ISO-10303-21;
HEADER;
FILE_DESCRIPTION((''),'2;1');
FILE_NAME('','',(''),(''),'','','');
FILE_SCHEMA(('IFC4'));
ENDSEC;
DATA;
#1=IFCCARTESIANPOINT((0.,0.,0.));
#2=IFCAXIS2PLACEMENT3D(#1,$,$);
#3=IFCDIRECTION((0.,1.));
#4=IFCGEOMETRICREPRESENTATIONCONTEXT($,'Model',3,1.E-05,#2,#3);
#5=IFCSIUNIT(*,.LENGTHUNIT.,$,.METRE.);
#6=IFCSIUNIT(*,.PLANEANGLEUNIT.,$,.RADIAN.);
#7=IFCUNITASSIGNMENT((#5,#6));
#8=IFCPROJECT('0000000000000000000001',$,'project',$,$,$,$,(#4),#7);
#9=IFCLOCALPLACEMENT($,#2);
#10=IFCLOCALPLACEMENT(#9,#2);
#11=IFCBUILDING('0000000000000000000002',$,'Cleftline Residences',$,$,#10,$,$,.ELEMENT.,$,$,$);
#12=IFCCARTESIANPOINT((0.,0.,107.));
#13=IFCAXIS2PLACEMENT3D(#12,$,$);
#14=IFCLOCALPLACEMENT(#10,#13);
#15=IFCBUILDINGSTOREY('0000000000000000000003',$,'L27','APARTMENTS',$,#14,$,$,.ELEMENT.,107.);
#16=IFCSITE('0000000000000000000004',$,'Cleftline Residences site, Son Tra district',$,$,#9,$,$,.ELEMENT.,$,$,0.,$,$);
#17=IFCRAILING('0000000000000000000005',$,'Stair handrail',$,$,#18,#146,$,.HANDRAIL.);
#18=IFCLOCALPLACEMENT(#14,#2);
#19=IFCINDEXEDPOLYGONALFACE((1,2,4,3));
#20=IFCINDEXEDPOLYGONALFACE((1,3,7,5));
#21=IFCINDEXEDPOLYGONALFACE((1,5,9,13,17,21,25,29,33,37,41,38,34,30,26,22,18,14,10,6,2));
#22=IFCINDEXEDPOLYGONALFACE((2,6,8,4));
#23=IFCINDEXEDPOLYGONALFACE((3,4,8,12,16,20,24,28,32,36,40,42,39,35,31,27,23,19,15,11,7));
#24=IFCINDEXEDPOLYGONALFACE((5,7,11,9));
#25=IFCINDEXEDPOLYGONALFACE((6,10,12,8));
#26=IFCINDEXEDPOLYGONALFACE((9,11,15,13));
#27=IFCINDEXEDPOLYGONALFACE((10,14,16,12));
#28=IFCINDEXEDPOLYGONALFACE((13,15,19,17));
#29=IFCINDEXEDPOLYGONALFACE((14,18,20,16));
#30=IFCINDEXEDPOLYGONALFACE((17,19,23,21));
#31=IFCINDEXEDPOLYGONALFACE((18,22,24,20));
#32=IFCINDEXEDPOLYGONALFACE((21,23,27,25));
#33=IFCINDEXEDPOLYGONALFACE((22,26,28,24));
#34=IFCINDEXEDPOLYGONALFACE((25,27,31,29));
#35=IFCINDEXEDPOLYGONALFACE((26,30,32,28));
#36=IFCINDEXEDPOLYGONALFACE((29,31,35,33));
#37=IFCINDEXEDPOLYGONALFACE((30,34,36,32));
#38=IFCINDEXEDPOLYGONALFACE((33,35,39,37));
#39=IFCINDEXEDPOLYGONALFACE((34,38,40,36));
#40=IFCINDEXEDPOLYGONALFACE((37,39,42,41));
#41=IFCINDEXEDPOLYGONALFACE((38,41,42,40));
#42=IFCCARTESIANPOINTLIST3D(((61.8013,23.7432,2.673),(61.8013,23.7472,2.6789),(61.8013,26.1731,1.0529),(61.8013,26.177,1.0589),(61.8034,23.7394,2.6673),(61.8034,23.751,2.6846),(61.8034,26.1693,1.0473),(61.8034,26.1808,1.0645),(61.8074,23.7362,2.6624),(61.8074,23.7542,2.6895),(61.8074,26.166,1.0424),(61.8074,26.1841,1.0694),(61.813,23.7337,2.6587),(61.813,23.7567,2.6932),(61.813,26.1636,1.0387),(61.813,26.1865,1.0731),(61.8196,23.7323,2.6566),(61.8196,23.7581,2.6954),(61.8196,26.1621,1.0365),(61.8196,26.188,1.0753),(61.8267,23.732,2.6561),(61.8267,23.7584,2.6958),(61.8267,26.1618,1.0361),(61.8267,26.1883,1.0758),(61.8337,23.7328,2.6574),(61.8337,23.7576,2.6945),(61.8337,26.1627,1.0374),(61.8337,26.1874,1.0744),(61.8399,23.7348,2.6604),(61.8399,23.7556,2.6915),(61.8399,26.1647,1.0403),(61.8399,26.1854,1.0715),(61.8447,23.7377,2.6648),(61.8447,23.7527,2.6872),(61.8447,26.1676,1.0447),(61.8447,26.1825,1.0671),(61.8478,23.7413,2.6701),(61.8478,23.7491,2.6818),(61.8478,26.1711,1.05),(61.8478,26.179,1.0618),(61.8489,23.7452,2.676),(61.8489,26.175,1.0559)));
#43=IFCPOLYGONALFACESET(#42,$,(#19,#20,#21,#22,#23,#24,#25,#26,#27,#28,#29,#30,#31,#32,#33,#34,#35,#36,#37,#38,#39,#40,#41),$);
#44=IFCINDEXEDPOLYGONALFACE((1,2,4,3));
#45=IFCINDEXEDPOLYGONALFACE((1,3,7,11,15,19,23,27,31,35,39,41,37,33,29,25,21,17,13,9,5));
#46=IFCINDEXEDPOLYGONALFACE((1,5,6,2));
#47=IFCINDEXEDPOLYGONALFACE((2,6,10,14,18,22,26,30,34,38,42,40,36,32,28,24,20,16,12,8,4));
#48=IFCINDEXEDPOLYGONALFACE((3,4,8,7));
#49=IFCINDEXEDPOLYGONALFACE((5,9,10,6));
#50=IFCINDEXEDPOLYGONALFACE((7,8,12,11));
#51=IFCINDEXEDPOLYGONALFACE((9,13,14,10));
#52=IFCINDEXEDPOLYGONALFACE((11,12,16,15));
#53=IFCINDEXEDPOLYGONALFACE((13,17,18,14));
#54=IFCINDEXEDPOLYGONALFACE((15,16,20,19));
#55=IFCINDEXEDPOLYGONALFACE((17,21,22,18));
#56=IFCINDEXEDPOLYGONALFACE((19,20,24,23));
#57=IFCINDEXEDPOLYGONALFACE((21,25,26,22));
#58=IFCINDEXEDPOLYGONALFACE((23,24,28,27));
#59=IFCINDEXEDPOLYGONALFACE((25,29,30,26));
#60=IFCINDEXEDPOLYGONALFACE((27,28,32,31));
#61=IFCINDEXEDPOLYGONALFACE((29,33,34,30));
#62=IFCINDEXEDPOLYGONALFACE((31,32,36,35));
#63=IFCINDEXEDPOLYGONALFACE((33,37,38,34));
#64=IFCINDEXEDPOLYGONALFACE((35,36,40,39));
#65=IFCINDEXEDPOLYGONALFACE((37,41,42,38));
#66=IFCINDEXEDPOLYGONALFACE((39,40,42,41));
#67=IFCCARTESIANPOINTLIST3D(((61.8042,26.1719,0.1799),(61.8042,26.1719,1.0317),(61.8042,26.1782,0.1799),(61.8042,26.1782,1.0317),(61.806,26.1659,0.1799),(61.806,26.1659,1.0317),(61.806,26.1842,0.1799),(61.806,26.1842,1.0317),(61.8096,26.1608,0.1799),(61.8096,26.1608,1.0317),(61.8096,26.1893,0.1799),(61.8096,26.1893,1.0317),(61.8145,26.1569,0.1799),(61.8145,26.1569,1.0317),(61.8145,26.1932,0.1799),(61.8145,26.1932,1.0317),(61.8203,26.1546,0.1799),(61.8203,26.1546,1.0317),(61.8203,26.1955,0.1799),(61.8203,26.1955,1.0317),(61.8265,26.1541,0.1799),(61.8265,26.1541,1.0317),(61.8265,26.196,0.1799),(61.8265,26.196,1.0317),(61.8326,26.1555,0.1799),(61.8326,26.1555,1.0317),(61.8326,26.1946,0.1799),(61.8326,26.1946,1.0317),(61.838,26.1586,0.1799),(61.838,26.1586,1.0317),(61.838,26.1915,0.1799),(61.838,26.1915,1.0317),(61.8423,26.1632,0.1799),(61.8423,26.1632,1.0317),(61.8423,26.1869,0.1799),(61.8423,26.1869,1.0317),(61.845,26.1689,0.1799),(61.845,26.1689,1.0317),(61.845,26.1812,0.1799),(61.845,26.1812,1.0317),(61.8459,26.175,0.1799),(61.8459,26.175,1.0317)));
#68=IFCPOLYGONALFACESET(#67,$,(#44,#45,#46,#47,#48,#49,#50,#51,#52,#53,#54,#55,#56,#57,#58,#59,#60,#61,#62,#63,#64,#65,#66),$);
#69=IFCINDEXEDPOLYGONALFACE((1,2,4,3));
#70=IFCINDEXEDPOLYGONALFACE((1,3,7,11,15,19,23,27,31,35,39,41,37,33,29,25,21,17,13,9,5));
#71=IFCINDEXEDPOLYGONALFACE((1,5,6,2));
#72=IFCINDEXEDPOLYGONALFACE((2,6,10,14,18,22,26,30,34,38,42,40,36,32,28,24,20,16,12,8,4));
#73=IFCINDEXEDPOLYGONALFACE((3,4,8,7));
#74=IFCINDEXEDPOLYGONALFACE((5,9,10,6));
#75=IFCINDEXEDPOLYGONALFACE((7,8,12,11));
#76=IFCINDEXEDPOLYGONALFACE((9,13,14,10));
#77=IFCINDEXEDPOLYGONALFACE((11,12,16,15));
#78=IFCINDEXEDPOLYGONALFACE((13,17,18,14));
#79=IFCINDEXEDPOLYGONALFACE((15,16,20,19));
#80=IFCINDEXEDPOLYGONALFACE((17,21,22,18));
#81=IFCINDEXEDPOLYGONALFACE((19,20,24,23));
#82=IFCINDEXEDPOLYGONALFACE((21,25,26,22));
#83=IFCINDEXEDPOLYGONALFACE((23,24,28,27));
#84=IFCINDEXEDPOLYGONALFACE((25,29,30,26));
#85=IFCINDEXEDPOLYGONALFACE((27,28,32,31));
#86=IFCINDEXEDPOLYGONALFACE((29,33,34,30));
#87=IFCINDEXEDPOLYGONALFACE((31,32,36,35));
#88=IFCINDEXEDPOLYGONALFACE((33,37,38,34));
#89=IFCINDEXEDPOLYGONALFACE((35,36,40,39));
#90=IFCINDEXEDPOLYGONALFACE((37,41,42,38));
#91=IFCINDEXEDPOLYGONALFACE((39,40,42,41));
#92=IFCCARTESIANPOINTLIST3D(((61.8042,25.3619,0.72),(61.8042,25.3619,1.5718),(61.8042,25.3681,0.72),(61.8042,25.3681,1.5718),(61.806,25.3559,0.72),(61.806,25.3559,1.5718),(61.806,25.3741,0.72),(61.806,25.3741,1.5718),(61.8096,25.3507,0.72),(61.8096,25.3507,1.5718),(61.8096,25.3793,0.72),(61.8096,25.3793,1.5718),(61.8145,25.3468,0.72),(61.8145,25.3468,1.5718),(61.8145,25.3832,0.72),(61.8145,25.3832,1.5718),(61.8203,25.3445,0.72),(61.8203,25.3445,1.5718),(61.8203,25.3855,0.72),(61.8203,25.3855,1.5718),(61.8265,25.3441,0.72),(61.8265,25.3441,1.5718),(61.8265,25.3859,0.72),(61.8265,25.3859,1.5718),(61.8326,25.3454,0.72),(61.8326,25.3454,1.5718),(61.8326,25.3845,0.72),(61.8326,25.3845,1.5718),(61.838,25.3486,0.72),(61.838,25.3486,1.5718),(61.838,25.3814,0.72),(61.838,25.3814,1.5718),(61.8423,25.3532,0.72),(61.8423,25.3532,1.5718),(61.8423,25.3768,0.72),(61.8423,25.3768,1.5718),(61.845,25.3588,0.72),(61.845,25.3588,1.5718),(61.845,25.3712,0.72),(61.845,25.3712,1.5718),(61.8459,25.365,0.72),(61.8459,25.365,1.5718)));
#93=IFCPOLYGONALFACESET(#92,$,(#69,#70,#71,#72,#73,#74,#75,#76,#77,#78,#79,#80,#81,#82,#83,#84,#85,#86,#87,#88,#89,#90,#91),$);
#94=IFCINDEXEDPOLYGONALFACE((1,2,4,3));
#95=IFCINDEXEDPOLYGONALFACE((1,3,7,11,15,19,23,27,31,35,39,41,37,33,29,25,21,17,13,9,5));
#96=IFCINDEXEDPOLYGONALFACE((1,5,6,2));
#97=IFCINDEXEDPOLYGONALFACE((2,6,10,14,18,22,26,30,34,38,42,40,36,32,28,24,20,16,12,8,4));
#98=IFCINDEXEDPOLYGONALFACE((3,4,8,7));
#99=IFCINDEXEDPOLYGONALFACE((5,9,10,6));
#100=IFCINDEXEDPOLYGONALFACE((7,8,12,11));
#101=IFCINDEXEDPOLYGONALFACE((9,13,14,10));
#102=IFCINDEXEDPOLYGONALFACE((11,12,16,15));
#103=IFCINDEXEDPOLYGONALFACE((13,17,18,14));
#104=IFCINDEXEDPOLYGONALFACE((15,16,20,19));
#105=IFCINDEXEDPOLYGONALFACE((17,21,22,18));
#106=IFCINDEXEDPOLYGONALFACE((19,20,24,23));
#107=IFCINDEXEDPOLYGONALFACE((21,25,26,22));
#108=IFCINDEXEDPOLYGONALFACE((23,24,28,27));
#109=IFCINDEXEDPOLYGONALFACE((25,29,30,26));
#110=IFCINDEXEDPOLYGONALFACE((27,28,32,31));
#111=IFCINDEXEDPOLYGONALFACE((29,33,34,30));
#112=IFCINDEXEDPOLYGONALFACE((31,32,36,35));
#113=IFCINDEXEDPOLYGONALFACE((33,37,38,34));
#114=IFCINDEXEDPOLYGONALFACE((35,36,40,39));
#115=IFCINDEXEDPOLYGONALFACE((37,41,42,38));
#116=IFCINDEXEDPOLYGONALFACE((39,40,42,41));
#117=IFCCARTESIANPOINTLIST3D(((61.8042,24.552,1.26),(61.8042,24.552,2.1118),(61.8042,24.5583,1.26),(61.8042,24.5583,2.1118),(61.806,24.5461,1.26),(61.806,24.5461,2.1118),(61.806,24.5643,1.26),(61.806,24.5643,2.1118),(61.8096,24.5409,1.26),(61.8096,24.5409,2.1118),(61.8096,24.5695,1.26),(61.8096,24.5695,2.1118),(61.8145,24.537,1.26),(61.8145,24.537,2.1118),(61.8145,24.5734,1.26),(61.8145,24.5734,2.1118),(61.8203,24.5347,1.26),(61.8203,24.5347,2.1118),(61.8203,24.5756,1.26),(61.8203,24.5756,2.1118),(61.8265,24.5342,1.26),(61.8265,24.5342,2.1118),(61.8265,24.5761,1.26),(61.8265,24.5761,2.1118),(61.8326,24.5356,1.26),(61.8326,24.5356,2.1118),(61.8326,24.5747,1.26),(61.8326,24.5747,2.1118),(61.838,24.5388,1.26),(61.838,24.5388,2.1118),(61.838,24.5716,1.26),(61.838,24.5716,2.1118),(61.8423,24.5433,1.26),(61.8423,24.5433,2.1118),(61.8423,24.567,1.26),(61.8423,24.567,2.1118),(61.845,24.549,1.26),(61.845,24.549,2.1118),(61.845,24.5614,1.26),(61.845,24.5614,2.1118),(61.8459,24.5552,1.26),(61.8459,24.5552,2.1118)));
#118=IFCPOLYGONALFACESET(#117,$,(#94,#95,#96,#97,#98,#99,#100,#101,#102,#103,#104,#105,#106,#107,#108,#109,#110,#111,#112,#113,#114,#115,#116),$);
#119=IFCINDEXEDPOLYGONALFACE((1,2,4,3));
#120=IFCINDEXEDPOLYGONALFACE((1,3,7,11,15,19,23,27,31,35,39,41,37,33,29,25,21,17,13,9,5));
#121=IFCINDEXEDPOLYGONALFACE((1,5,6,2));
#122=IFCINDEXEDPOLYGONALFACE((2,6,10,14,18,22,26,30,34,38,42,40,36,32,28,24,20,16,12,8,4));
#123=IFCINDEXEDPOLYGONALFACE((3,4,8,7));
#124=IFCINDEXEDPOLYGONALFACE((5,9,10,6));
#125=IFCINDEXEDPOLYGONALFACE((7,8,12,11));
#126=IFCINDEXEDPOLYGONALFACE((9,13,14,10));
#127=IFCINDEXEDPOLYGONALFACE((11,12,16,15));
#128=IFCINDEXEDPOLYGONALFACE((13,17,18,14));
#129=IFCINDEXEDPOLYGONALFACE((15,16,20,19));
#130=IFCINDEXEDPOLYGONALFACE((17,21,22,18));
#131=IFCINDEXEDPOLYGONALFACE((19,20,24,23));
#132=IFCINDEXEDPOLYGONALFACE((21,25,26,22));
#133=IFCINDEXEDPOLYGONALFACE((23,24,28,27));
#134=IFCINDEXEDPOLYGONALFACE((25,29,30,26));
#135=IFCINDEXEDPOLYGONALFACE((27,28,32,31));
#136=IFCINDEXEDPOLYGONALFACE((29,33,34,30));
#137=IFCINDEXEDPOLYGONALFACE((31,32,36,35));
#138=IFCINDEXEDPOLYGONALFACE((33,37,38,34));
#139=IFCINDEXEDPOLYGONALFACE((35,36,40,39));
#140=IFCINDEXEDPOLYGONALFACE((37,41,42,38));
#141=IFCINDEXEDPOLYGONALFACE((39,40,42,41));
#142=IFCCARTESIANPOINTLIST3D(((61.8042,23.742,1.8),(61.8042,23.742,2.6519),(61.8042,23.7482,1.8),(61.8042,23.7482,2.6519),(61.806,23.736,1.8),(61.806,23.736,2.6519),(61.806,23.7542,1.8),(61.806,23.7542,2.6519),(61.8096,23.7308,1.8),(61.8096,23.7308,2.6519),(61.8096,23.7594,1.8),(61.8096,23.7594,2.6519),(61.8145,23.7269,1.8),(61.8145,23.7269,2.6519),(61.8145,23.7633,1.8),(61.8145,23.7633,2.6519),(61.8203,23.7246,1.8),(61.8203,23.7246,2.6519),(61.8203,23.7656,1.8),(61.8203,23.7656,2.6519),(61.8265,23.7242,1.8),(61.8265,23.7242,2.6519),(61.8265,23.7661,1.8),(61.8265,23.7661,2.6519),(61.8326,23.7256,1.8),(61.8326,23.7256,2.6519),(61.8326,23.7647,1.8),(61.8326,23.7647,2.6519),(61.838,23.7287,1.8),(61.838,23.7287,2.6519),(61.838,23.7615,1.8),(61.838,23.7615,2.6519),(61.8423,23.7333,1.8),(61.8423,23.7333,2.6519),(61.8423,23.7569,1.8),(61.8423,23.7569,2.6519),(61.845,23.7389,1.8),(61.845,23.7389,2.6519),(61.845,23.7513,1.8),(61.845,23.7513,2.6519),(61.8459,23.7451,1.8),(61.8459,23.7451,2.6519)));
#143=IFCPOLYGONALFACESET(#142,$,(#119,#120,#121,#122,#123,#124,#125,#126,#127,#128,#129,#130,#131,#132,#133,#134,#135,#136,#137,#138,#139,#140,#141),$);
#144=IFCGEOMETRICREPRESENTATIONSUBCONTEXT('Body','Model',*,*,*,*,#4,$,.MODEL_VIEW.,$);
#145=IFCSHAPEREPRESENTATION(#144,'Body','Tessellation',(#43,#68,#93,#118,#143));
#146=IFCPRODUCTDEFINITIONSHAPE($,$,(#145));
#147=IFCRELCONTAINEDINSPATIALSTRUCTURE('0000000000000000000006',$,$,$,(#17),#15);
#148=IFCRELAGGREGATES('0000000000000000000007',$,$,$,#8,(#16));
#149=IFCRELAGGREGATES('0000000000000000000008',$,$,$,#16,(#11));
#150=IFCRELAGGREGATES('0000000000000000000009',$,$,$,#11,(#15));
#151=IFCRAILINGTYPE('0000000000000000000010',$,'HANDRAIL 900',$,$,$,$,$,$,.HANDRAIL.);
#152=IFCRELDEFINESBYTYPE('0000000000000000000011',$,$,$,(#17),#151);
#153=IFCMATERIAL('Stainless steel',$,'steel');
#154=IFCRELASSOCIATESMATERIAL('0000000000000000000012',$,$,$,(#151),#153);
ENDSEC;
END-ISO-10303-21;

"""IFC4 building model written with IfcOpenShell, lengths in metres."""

from ifc_helpers import new_model, si_unit, direction, frame, origin, origin_2d, place, context, subcontext, project, spatial, circle, extrude, material, type_object, element, save


model = new_model("IFC4")

# Units and contexts
model_context = context("Model", 3, precision=1e-05, world=origin(), true_north=direction((0.0, 1.0)))
body_context = subcontext(model_context, "Body", "Model", "MODEL_VIEW")
ifc_project = project(units=[si_unit("LENGTHUNIT", "METRE"), si_unit("PLANEANGLEUNIT", "RADIAN")], contexts=[model_context])

# Site, building, storey
site_placement = place(None, origin())
site = spatial("IfcSite", under=ifc_project, at=site_placement, Name="Cleftline Residences site, Son Tra district", CompositionType="ELEMENT", RefElevation=0.0)
building_placement = place(site_placement, origin())
building = spatial("IfcBuilding", under=site, at=building_placement, Name="Cleftline Residences", CompositionType="ELEMENT")
storey_placement = place(building_placement, frame((0.0, 0.0, 107.0)))
storey = spatial("IfcBuildingStorey", under=building, at=storey_placement, Name="L27", Description="APARTMENTS", CompositionType="ELEMENT", Elevation=107.0)

# Railing
ifc_material_1 = material(Name="Stainless steel", Category="steel")
railing_type = type_object("IfcRailingType", Name="HANDRAIL 900", PredefinedType="HANDRAIL", material=ifc_material_1)
railing_placement = place(storey_placement, frame((61.825, 26.175, 0.1799)))
element("IfcRailing", 1, at=railing_placement, inside=storey, type_object=railing_type, Name="Stair handrail", PredefinedType="HANDRAIL", context=body_context, shape_type="SweptSolid", body=[
    extrude(circle(Radius=0.0239, at=origin_2d()), frame((0.0, 0.0, 0.876), z_axis=(0.0, -0.832025, 0.554739), x_axis=(1.0, 0.0, 0.0)), (0.0, 0.0, 1.0), 2.9204),
    extrude(circle(Radius=0.021, at=origin_2d()), origin(), (0.0, 0.0, 1.0), 0.8518),
    extrude(circle(Radius=0.021, at=origin_2d()), frame((0.0, -0.8101, 0.54)), (0.0, 0.0, 1.0), 0.8518),
    extrude(circle(Radius=0.021, at=origin_2d()), frame((0.0, -1.6199, 1.0801)), (0.0, 0.0, 1.0), 0.8518),
    extrude(circle(Radius=0.021, at=origin_2d()), frame((0.0, -2.4299, 1.6201)), (0.0, 0.0, 1.0), 0.8518),
])

save(model, "model.ifc")
